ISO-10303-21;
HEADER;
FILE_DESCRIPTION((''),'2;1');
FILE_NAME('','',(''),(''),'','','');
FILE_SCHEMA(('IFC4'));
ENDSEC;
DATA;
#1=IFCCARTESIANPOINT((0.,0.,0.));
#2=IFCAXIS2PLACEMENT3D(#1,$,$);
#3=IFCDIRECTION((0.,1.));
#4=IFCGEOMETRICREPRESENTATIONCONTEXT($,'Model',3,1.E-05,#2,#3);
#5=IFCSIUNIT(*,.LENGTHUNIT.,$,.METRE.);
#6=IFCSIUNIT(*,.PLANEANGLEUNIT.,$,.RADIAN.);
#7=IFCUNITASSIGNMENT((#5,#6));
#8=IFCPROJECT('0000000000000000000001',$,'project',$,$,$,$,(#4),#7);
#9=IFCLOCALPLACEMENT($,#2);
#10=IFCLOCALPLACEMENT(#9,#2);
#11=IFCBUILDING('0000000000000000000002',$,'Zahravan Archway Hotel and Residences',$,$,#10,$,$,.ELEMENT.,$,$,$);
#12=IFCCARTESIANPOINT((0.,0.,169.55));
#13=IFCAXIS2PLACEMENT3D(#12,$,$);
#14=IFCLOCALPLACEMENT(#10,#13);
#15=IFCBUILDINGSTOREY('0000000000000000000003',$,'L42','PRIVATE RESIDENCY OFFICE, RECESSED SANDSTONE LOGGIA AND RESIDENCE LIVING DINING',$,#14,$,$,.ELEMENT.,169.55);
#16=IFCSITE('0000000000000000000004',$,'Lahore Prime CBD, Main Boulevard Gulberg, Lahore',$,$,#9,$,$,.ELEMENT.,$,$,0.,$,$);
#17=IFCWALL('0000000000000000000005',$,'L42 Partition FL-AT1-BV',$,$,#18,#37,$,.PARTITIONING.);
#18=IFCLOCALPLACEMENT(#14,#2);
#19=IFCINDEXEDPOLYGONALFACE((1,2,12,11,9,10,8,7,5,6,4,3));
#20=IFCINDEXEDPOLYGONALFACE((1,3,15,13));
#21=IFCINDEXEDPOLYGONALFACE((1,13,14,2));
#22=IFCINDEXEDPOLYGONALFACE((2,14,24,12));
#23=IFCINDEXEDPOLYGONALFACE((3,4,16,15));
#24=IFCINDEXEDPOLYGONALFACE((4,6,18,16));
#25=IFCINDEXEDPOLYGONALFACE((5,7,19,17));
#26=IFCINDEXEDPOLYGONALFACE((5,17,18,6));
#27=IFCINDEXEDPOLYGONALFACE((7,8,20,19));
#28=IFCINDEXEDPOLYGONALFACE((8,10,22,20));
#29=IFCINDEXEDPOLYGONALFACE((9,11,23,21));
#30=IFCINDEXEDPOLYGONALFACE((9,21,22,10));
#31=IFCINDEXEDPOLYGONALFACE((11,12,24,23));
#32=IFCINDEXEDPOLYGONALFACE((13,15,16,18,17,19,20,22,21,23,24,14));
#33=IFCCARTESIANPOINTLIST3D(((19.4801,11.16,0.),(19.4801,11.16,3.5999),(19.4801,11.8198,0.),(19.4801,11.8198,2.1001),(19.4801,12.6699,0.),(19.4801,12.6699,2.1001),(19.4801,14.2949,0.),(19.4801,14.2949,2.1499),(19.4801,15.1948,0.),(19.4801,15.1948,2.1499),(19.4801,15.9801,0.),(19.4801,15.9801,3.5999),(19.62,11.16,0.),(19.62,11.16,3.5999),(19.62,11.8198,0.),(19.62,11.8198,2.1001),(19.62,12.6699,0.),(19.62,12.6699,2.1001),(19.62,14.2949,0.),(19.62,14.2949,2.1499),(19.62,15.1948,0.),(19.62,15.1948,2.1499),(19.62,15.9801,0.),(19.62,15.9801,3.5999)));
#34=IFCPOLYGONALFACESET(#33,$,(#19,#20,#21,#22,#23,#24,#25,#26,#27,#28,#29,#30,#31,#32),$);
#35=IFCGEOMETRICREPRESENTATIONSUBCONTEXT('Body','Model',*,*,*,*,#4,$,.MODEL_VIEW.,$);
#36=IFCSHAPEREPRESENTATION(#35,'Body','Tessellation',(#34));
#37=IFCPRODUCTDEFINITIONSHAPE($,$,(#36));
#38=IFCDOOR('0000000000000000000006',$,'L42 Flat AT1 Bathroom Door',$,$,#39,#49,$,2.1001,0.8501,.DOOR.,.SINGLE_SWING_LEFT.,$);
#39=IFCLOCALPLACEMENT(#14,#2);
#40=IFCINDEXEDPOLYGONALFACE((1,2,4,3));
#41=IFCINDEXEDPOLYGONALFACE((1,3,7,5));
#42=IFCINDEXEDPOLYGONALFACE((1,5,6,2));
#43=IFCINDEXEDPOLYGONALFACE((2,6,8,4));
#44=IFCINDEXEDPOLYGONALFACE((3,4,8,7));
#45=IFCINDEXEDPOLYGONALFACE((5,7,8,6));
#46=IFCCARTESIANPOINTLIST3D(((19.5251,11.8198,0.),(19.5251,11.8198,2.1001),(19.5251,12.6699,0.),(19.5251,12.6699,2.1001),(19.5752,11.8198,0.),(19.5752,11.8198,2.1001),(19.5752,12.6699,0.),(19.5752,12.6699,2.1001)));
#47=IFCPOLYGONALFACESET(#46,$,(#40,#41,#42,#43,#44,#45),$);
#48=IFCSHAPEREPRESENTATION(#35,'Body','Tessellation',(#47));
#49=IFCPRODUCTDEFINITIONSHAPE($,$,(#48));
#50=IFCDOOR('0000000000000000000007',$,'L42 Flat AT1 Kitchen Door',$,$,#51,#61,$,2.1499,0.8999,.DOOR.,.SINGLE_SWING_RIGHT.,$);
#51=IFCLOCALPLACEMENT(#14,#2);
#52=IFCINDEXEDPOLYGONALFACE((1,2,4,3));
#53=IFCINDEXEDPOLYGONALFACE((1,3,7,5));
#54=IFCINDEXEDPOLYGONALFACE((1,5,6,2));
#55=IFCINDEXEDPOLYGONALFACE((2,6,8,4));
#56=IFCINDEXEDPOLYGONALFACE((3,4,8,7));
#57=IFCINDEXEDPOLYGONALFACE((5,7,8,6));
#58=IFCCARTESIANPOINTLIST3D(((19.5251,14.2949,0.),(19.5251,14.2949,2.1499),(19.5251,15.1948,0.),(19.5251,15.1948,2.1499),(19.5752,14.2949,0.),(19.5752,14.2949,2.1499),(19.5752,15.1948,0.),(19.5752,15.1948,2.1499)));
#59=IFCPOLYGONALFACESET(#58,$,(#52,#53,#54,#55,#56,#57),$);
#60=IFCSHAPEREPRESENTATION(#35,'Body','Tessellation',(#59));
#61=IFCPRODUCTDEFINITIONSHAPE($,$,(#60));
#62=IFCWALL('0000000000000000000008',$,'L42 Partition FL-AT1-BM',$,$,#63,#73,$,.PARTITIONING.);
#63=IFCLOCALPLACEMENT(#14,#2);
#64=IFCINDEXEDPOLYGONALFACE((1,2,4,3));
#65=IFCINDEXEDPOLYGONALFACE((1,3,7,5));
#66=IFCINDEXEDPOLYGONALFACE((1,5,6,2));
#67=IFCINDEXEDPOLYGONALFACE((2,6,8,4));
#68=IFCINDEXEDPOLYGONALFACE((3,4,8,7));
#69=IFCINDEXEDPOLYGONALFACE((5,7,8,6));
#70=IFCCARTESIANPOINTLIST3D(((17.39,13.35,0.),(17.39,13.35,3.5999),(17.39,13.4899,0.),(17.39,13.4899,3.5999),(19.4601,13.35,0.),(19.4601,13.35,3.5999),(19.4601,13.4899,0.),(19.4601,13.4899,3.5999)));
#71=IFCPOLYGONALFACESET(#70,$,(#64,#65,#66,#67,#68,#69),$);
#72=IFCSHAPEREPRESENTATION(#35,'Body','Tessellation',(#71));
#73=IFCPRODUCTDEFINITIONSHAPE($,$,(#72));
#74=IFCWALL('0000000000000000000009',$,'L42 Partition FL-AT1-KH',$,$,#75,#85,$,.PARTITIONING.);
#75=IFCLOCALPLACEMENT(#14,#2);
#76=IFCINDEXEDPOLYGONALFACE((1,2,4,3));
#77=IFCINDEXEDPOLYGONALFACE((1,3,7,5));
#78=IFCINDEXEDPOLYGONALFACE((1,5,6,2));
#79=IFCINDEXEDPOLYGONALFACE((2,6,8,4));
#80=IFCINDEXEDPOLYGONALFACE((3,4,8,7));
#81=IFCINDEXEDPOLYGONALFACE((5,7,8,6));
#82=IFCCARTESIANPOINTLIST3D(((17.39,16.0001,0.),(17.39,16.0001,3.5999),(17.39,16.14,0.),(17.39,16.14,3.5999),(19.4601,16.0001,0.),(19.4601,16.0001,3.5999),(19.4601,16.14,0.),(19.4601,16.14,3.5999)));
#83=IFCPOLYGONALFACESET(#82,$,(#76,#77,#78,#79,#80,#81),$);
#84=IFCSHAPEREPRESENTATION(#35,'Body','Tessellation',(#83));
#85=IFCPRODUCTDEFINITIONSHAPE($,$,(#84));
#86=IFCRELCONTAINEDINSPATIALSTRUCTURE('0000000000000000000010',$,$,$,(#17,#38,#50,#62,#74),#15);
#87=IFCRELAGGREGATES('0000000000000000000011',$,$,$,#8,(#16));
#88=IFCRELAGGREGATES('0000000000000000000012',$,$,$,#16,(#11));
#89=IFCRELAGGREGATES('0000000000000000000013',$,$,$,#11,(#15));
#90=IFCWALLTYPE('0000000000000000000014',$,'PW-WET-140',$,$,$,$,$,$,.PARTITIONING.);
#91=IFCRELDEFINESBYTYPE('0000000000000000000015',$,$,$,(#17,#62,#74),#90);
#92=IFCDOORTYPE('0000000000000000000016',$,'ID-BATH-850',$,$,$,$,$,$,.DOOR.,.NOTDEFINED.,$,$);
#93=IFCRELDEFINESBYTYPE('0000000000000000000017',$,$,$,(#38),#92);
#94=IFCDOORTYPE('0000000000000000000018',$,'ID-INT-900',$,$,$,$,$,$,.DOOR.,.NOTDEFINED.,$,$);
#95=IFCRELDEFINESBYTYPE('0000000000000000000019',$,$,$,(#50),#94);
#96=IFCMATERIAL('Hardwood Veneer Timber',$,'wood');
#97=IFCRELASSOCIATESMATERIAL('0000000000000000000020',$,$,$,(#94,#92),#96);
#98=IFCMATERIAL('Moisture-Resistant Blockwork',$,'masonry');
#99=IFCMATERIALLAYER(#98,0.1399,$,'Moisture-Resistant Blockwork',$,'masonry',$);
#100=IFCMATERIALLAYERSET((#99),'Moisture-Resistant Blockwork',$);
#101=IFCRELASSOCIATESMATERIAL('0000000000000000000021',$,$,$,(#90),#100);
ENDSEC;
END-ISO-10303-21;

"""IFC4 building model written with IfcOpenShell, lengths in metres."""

from ifc_helpers import new_model, si_unit, direction, frame, frame_2d, origin, place, context, subcontext, project, spatial, rectangle, extrude, source, transform, mapped, material, layer, layer_set, type_object, type_shapes, element, fill, save


model = new_model("IFC4")

# Units and contexts
model_context = context("Model", 3, precision=1e-05, world=origin(), true_north=direction((0.0, 1.0)))
body_context = subcontext(model_context, "Body", "Model", "MODEL_VIEW")
ifc_project = project(units=[si_unit("LENGTHUNIT", "METRE"), si_unit("PLANEANGLEUNIT", "RADIAN")], contexts=[model_context])

# Site, building, storey
site_placement = place(None, origin())
site = spatial("IfcSite", under=ifc_project, at=site_placement, Name="Lahore Prime CBD, Main Boulevard Gulberg, Lahore", CompositionType="ELEMENT", RefElevation=0.0)
building_placement = place(site_placement, origin())
building = spatial("IfcBuilding", under=site, at=building_placement, Name="Zahravan Archway Hotel and Residences", CompositionType="ELEMENT")
storey_placement = place(building_placement, frame((0.0, 0.0, 169.55)))
storey = spatial("IfcBuildingStorey", under=building, at=storey_placement, Name="L42", Description="PRIVATE RESIDENCY OFFICE, RECESSED SANDSTONE LOGGIA AND RESIDENCE LIVING DINING", CompositionType="ELEMENT", Elevation=169.55)

# Shared definitions
ifc_material_1 = material(Name="Hardwood Veneer Timber", Category="wood")
door_type_1 = type_object("IfcDoorType", Name="ID-INT-900", OperationType="NOTDEFINED", PredefinedType="DOOR", material=ifc_material_1)
shared_shape_1 = source(origin(), body_context, "Body", "SweptSolid", [
    extrude(rectangle(XDim=0.8999, YDim=2.1499, at=frame_2d((0.45, 1.075))), frame((0.0, 0.0249, 0.0), z_axis=(0.0, -1.0, 0.0), x_axis=(1.0, 0.0, 0.0)), (0.0, 0.0, 1.0), 0.05),
])
type_shapes(door_type_1, [shared_shape_1])

# Wall, openings, doors
ifc_material_2 = material(Name="Moisture-Resistant Blockwork", Category="masonry")
ifc_layer_1 = layer(ifc_material_2, 0.1399, Name="Moisture-Resistant Blockwork", Category="masonry")
ifc_layer_set_1 = layer_set([ifc_layer_1], Name="Moisture-Resistant Blockwork")
wall_type_1 = type_object("IfcWallType", Name="PW-WET-140", PredefinedType="PARTITIONING", material=ifc_layer_set_1)
wall_1_placement = place(storey_placement, frame((19.55, 11.1599, 0.0), z_axis=(0.0, 0.0, 1.0), x_axis=(0.0, 1.0, 0.0)))
wall_1 = element("IfcWall", 1, at=wall_1_placement, inside=storey, type_object=wall_type_1, Name="L42 Partition FL-AT1-BV", PredefinedType="PARTITIONING", context=body_context, shape_type="SweptSolid", body=[
    extrude(rectangle(XDim=4.8201, YDim=0.1399, at=frame_2d((2.4102, 0.0))), origin(), (0.0, 0.0, 1.0), 3.5999),
])
opening_1_placement = place(wall_1_placement, frame((0.6599, 0.0, 0.0)))
opening_1 = element("IfcOpeningElement", 2, at=opening_1_placement, cuts=wall_1, PredefinedType="OPENING", context=body_context, shape_type="SweptSolid", body=[
    extrude(rectangle(XDim=0.8501, YDim=2.1001, at=frame_2d((0.425, 1.05))), frame((0.0, 0.0801, 0.0), z_axis=(0.0, -1.0, 0.0), x_axis=(1.0, 0.0, 0.0)), (0.0, 0.0, 1.0), 0.1599),
])
opening_2_placement = place(wall_1_placement, frame((3.135, 0.0, 0.0)))
opening_2 = element("IfcOpeningElement", 3, at=opening_2_placement, cuts=wall_1, PredefinedType="OPENING", context=body_context, shape_type="SweptSolid", body=[
    extrude(rectangle(XDim=0.8999, YDim=2.1499, at=frame_2d((0.45, 1.075))), frame((0.0, 0.0801, 0.0), z_axis=(0.0, -1.0, 0.0), x_axis=(1.0, 0.0, 0.0)), (0.0, 0.0, 1.0), 0.1599),
])
door_type_2 = type_object("IfcDoorType", Name="ID-BATH-850", OperationType="NOTDEFINED", PredefinedType="DOOR", material=ifc_material_1)
shared_shape_2 = source(origin(), body_context, "Body", "SweptSolid", [
    extrude(rectangle(XDim=0.8501, YDim=2.1001, at=frame_2d((0.425, 1.05))), frame((0.0, 0.0249, 0.0), z_axis=(0.0, -1.0, 0.0), x_axis=(1.0, 0.0, 0.0)), (0.0, 0.0, 1.0), 0.05),
])
type_shapes(door_type_2, [shared_shape_2])
door_1_placement = place(opening_1_placement, origin())
door_1 = element("IfcDoor", 4, at=door_1_placement, inside=storey, type_object=door_type_2, Name="L42 Flat AT1 Bathroom Door", OperationType="SINGLE_SWING_LEFT", OverallHeight=2.1001, OverallWidth=0.8501, PredefinedType="DOOR", context=body_context, shape_type="MappedRepresentation", body=[
    mapped(shared_shape_2, transform((0.0, 0.0, 0.0), scale=1.0)),
])
fill(opening_1, door_1)
door_2_placement = place(opening_2_placement, origin())
door_2 = element("IfcDoor", 5, at=door_2_placement, inside=storey, type_object=door_type_1, Name="L42 Flat AT1 Kitchen Door", OperationType="SINGLE_SWING_RIGHT", OverallHeight=2.1499, OverallWidth=0.8999, PredefinedType="DOOR", context=body_context, shape_type="MappedRepresentation", body=[
    mapped(shared_shape_1, transform((0.0, 0.0, 0.0), scale=1.0)),
])
fill(opening_2, door_2)

# Walls
for number, where, z_axis, x_axis, name in (
    (6, (17.3899, 13.4199, 0.0), (0.0, 0.0, 1.0), (1.0, 0.0, 0.0), "L42 Partition FL-AT1-BM"),
    (7, (17.3899, 16.0701, 0.0), (0.0, 0.0, 1.0), (1.0, 0.0, 0.0), "L42 Partition FL-AT1-KH"),
):
    element("IfcWall", number, at=place(storey_placement, frame(where, z_axis=z_axis, x_axis=x_axis)), inside=storey, type_object=wall_type_1, Name=name, PredefinedType="PARTITIONING", context=body_context, shape_type="SweptSolid", body=[
        extrude(rectangle(XDim=2.0701, YDim=0.1399, at=frame_2d((1.0352, 0.0))), origin(), (0.0, 0.0, 1.0), 3.5999),
    ])

save(model, "model.ifc")
